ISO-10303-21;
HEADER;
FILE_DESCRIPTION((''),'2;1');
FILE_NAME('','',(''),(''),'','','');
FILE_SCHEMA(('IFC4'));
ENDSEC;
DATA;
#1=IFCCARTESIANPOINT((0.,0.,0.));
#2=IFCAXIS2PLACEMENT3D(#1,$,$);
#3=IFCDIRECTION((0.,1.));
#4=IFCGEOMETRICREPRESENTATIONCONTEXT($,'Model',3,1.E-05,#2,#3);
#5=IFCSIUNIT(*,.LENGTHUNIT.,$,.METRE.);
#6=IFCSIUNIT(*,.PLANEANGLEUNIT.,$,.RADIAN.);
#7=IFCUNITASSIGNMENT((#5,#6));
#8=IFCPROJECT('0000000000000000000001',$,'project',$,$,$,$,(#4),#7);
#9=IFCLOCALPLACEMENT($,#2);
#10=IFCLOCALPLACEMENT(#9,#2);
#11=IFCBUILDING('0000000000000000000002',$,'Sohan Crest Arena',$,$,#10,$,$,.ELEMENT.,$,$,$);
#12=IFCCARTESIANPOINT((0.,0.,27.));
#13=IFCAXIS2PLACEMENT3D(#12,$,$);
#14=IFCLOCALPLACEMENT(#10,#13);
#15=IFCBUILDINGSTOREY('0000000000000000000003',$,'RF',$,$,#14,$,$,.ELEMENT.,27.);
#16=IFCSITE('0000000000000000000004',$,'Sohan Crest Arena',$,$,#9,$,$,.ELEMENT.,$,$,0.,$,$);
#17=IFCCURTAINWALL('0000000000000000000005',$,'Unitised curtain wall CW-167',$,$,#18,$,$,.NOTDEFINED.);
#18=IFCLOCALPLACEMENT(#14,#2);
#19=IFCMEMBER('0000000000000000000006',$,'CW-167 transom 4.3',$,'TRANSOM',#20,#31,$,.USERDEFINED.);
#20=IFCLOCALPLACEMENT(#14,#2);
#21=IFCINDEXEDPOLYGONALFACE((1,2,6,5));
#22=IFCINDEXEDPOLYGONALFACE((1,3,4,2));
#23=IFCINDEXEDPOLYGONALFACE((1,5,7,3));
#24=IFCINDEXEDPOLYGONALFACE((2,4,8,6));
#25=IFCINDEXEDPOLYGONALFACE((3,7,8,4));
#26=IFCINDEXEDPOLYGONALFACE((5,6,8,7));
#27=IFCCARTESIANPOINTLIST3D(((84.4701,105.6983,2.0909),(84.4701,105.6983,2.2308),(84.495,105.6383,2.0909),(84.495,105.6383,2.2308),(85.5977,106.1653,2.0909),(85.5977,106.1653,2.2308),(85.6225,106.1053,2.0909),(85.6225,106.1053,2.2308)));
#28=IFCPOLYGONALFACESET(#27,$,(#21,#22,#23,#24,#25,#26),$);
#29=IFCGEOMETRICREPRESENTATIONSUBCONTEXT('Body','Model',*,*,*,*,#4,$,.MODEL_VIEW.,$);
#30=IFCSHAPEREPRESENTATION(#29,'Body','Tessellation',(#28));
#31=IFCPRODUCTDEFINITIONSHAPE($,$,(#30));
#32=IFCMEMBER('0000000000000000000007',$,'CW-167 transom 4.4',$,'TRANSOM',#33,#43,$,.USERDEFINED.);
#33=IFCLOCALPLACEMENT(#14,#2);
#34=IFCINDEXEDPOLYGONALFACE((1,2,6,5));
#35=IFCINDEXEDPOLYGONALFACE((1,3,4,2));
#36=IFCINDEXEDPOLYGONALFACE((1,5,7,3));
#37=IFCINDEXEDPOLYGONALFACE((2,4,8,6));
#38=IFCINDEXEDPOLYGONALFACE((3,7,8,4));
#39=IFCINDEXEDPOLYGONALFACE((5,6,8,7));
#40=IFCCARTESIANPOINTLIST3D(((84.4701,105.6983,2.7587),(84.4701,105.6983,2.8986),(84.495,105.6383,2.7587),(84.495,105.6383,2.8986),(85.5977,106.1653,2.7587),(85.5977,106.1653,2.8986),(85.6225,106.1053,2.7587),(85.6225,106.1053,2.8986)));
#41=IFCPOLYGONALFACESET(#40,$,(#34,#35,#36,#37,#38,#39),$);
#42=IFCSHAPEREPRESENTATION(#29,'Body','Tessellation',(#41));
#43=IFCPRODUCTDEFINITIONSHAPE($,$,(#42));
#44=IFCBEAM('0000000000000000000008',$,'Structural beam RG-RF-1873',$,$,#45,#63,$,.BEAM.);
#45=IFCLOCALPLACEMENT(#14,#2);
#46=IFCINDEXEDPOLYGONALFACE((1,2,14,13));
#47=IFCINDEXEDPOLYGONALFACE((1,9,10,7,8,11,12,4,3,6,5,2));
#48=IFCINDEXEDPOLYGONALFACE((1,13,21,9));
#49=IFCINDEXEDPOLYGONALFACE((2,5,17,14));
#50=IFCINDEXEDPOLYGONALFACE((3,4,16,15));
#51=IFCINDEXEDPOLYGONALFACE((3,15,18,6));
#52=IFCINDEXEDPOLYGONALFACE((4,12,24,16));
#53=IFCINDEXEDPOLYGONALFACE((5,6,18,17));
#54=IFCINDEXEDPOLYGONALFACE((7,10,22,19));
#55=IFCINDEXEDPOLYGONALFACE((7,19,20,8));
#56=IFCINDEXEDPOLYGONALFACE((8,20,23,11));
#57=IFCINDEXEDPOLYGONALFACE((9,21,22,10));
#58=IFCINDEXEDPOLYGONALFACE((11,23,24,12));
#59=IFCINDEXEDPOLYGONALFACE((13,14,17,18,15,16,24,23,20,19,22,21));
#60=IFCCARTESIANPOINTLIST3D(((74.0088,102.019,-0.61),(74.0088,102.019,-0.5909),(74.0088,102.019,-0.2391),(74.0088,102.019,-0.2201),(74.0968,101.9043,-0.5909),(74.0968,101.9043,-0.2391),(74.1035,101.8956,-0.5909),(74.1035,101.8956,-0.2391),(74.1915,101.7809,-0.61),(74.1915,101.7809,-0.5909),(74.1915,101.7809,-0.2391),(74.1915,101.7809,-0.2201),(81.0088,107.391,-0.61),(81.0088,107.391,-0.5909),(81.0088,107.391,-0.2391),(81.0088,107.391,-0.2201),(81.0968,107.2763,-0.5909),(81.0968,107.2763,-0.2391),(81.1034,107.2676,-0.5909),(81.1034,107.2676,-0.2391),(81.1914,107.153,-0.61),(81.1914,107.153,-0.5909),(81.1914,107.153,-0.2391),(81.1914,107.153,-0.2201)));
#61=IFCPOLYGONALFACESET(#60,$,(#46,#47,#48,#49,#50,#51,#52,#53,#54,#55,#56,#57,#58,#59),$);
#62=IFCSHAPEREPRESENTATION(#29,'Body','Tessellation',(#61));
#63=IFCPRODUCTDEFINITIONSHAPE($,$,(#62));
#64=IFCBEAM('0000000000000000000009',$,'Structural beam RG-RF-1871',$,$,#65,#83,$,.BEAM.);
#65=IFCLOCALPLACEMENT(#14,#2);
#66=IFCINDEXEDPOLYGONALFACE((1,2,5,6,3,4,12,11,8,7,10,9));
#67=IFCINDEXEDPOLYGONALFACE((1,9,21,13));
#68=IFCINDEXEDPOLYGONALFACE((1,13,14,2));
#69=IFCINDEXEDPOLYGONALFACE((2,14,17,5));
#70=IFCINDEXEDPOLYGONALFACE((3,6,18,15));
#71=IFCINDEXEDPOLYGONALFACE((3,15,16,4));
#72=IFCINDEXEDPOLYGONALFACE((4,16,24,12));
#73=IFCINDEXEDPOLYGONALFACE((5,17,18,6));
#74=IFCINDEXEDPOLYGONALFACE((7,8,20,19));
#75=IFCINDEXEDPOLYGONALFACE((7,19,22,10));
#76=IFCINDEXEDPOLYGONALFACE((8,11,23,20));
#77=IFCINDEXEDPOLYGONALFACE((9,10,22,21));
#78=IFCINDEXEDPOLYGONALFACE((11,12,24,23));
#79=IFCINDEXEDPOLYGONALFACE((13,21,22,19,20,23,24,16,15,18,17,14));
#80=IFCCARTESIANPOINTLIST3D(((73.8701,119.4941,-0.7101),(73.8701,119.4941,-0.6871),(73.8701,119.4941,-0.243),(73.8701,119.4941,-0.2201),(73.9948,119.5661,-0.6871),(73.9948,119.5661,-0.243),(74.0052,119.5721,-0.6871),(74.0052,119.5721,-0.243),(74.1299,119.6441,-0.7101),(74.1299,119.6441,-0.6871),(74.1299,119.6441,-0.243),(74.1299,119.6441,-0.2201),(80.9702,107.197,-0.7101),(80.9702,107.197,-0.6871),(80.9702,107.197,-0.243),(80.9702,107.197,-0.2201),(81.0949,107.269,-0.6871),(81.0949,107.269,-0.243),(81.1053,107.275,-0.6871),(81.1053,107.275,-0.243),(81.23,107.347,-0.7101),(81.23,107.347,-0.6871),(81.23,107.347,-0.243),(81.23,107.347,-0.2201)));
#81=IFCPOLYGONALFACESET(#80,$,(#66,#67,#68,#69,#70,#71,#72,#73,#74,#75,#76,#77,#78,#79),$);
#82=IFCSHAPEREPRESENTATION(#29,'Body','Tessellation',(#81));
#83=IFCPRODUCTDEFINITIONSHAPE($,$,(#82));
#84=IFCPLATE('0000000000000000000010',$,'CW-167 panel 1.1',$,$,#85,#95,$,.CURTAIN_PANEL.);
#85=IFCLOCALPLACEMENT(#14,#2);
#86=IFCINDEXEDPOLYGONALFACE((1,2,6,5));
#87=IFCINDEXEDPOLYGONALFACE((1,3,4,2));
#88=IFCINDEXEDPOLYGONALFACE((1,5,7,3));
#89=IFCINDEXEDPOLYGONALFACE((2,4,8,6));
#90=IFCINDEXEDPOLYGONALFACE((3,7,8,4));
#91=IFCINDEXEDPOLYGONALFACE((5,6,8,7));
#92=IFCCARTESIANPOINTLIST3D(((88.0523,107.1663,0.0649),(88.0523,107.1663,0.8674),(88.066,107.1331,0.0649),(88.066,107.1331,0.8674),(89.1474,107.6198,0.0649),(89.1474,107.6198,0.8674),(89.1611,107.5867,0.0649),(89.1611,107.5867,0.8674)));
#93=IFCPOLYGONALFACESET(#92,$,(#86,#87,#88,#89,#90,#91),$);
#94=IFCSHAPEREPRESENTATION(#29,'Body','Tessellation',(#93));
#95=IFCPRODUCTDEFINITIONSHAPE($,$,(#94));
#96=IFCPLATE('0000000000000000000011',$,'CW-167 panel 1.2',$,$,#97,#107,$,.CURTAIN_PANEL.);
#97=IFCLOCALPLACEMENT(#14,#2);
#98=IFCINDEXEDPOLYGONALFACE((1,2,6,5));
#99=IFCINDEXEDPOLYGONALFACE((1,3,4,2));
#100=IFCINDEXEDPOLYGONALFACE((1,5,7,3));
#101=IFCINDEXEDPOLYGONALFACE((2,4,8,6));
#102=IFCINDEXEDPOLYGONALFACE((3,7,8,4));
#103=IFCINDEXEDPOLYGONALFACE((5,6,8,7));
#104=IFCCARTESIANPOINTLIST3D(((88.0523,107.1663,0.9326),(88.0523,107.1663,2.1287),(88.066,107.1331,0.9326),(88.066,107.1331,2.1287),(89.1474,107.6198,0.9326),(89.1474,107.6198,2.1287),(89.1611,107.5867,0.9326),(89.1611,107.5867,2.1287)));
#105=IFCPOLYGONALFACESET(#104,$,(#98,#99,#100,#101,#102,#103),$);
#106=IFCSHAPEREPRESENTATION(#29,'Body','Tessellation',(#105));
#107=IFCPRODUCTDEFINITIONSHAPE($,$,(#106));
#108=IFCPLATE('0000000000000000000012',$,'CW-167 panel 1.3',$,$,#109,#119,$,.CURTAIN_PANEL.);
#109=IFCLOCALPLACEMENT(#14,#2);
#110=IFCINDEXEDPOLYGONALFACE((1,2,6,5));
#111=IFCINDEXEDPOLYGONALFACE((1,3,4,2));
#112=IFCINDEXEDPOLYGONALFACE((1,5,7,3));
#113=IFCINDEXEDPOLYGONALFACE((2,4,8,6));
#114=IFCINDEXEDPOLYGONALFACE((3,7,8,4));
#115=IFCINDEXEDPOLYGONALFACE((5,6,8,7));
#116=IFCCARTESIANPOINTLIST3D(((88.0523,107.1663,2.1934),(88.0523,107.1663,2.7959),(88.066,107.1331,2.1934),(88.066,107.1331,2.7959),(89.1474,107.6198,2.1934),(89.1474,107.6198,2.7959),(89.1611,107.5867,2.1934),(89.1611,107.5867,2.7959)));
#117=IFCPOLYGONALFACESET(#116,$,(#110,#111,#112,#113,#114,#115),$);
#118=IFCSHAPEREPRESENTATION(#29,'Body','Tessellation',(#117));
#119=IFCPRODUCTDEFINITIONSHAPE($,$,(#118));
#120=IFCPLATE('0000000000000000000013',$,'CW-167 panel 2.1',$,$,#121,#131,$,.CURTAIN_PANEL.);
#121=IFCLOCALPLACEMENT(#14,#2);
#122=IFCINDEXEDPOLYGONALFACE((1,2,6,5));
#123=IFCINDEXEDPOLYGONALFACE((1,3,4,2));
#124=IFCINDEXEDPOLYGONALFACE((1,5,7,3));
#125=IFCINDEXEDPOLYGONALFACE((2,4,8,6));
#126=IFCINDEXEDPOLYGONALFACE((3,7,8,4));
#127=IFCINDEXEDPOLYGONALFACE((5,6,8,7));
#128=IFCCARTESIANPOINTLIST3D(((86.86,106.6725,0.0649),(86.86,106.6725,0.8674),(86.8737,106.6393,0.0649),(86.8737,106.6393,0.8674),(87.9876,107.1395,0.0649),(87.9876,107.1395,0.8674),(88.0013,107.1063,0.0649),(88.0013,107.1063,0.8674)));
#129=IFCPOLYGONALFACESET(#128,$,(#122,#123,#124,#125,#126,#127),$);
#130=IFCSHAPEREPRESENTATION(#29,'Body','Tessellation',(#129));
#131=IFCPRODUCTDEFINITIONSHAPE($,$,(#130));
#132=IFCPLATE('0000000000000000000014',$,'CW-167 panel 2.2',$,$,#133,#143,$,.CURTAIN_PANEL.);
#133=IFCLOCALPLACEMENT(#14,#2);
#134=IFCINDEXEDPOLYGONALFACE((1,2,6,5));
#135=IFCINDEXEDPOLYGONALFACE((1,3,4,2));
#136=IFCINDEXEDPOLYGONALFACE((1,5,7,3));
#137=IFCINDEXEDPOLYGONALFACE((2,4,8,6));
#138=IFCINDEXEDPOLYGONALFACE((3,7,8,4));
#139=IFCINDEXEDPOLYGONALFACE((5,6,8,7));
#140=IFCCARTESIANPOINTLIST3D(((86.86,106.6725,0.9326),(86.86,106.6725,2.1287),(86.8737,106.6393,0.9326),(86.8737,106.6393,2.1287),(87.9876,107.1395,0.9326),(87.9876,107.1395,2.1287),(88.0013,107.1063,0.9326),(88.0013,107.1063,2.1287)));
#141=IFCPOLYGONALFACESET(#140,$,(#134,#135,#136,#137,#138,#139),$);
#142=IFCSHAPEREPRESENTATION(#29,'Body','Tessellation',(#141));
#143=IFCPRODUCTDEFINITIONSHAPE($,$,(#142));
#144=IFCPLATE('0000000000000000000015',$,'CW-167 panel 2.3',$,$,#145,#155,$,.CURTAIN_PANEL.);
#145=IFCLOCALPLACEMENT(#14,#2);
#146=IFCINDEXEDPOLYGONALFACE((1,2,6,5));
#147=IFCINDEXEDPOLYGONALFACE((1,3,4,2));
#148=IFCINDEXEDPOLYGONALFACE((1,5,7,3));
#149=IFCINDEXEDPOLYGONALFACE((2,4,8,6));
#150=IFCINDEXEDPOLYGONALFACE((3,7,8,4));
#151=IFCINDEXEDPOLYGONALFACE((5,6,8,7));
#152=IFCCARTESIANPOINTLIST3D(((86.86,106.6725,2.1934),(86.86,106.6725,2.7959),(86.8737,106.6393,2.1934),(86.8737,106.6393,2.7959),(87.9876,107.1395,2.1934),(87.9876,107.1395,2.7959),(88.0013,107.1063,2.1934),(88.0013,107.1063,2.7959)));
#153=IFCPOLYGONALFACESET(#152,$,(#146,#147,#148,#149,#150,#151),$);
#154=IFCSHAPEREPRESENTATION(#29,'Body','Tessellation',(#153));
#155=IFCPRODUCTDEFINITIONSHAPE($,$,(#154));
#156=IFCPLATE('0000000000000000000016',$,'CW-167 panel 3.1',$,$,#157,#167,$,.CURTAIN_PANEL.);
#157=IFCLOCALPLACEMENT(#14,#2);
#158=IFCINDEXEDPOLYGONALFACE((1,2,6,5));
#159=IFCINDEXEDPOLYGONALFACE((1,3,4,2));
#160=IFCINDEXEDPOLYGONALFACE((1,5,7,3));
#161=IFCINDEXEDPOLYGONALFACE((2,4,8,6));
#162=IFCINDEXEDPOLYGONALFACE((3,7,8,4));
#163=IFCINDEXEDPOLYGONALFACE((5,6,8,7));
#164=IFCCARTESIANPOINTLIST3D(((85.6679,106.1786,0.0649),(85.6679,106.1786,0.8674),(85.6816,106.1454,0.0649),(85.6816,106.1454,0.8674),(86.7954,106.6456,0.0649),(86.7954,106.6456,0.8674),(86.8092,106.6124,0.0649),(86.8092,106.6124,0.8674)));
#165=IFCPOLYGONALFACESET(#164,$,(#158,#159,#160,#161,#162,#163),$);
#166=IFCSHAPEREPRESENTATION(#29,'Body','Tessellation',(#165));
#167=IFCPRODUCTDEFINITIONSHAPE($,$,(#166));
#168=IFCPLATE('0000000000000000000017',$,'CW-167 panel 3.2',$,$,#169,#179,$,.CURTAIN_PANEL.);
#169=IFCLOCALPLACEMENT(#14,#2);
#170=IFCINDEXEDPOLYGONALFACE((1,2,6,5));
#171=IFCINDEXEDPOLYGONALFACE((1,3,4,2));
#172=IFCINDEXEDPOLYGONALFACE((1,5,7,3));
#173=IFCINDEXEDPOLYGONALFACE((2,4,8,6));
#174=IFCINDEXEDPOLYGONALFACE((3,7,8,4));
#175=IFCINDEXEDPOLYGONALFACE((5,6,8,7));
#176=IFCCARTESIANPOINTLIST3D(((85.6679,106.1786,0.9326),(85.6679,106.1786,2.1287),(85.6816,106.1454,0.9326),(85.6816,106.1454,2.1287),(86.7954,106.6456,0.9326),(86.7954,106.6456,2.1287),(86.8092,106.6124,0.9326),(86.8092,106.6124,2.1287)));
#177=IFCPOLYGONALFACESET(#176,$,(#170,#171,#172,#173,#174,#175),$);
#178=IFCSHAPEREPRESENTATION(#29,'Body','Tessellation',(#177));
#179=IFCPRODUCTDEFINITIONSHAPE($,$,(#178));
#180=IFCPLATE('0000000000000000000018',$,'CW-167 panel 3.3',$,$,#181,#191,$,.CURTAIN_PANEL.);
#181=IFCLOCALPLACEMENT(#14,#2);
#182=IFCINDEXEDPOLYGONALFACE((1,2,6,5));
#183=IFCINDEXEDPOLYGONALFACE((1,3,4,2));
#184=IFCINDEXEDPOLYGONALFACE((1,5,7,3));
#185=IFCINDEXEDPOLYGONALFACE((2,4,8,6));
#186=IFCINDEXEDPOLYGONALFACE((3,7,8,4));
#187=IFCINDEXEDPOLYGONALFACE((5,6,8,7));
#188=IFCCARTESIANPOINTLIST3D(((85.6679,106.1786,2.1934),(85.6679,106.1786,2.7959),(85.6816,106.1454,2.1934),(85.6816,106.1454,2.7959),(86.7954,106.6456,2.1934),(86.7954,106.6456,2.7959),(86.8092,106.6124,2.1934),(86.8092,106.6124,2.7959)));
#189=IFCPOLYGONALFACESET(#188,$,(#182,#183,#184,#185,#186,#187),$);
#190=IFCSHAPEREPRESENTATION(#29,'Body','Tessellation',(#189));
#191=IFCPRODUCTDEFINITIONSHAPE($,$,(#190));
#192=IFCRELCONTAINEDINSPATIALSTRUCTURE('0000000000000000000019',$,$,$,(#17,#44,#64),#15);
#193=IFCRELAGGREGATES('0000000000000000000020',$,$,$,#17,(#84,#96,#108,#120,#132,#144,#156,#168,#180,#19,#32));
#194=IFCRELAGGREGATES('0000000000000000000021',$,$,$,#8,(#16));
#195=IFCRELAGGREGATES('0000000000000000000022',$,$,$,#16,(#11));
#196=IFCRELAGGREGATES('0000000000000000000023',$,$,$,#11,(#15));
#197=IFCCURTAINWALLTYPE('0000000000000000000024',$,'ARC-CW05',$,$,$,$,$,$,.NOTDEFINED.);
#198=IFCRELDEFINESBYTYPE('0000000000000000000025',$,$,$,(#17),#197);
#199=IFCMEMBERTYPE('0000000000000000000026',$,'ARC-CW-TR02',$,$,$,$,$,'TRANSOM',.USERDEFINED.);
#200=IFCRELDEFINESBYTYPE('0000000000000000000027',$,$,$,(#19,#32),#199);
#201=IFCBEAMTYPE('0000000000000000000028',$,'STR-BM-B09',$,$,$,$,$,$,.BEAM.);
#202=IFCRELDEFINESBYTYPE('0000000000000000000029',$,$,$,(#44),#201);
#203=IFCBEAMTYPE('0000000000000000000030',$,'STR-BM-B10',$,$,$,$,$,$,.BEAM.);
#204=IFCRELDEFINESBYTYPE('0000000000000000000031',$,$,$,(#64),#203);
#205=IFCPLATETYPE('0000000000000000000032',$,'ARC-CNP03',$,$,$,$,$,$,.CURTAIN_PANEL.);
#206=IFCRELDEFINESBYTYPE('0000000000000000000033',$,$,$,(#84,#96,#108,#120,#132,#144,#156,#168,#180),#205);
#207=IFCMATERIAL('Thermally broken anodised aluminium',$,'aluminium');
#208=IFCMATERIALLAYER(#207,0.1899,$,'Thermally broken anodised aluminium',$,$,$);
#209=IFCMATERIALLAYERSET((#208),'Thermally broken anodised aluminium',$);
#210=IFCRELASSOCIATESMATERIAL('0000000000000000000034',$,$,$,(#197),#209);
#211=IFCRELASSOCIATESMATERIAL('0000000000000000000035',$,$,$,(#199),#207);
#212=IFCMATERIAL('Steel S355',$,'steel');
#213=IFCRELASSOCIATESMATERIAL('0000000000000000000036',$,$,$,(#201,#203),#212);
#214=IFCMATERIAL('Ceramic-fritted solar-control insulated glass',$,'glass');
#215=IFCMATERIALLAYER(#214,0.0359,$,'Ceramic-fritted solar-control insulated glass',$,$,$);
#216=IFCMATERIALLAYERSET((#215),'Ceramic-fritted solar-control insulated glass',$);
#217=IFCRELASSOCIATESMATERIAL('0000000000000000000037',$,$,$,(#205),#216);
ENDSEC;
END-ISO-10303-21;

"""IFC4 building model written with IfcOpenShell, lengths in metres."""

from ifc_helpers import new_model, si_unit, direction, frame, origin, origin_2d, place, context, subcontext, project, spatial, rectangle, i_section, extrude, material, layer, layer_set, material_profile, profile_set, type_object, element, aggregate, save


model = new_model("IFC4")

# Units and contexts
model_context = context("Model", 3, precision=1e-05, world=origin(), true_north=direction((0.0, 1.0)))
body_context = subcontext(model_context, "Body", "Model", "MODEL_VIEW")
ifc_project = project(units=[si_unit("LENGTHUNIT", "METRE"), si_unit("PLANEANGLEUNIT", "RADIAN")], contexts=[model_context])

# Site, building, storey
site_placement = place(None, origin())
site = spatial("IfcSite", under=ifc_project, at=site_placement, Name="Sohan Crest Arena", CompositionType="ELEMENT", RefElevation=0.0)
building_placement = place(site_placement, origin())
building = spatial("IfcBuilding", under=site, at=building_placement, Name="Sohan Crest Arena", CompositionType="ELEMENT")
storey_placement = place(building_placement, frame((0.0, 0.0, 27.0)))
storey = spatial("IfcBuildingStorey", under=building, at=storey_placement, Name="RF", CompositionType="ELEMENT", Elevation=27.0)

# Curtain wall, members
ifc_material_1 = material(Name="Thermally broken anodised aluminium", Category="aluminium")
ifc_layer_1 = layer(ifc_material_1, 0.1899, Name="Thermally broken anodised aluminium")
ifc_layer_set_1 = layer_set([ifc_layer_1], Name="Thermally broken anodised aluminium")
curtain_wall_type = type_object("IfcCurtainWallType", Name="ARC-CW05", PredefinedType="NOTDEFINED", material=ifc_layer_set_1)
curtain_wall_placement = place(storey_placement, origin())
curtain_wall = element("IfcCurtainWall", 1, at=curtain_wall_placement, inside=storey, type_object=curtain_wall_type, Name="Unitised curtain wall CW-167", PredefinedType="NOTDEFINED")
ifc_material_profile_1 = material_profile(ifc_material_1, rectangle(XDim=0.0649, YDim=0.1399, at=origin_2d()), Name="ALU-TRAN 65x140")
ifc_profile_set_1 = profile_set([ifc_material_profile_1], Name="Thermally broken anodised aluminium")
member_type_1 = type_object("IfcMemberType", Name="ARC-CW-TR02", ElementType="TRANSOM", PredefinedType="USERDEFINED", material=ifc_profile_set_1)
member_1_placement = place(storey_placement, frame((85.6101, 106.1353, 2.1609), z_axis=(-0.923897, -0.38264, 0.0), x_axis=(0.38264, -0.923897, 0.0)))
member_1 = element("IfcMember", 2, at=member_1_placement, type_object=member_type_1, Name="CW-167 transom 4.3", ObjectType="TRANSOM", PredefinedType="USERDEFINED", context=body_context, shape_type="SweptSolid", body=[
    extrude(rectangle(XDim=0.0649, YDim=0.1399, at=origin_2d()), origin(), (0.0, 0.0, 1.0), 1.2205),
])
member_2_placement = place(storey_placement, frame((85.6101, 106.1353, 2.8286), z_axis=(-0.923897, -0.38264, 0.0), x_axis=(0.38264, -0.923897, 0.0)))
member_2 = element("IfcMember", 3, at=member_2_placement, type_object=member_type_1, Name="CW-167 transom 4.4", ObjectType="TRANSOM", PredefinedType="USERDEFINED", context=body_context, shape_type="SweptSolid", body=[
    extrude(rectangle(XDim=0.0649, YDim=0.1399, at=origin_2d()), origin(), (0.0, 0.0, 1.0), 1.2205),
])

# Beams
ifc_material_2 = material(Name="Steel S355", Category="steel")
ifc_material_profile_2 = material_profile(ifc_material_2, i_section(OverallWidth=0.3, OverallDepth=0.3899, WebThickness=0.011, FlangeThickness=0.019, at=origin_2d()), Name="HEA 400")
ifc_profile_set_2 = profile_set([ifc_material_profile_2], Name="Steel S355")
beam_type_1 = type_object("IfcBeamType", Name="STR-BM-B09", PredefinedType="BEAM", material=ifc_profile_set_2)
beam_1_placement = place(storey_placement, frame((81.1001, 107.272, -0.415), z_axis=(-0.793311, -0.608817, 0.0), x_axis=(0.608817, -0.793311, 0.0)))
element("IfcBeam", 4, at=beam_1_placement, inside=storey, type_object=beam_type_1, Name="Structural beam RG-RF-1873", PredefinedType="BEAM", context=body_context, shape_type="SweptSolid", body=[
    extrude(i_section(OverallWidth=0.3, OverallDepth=0.3899, WebThickness=0.011, FlangeThickness=0.019, at=origin_2d()), origin(), (0.0, 0.0, 1.0), 8.8237),
])
ifc_material_profile_3 = material_profile(ifc_material_2, i_section(OverallWidth=0.3, OverallDepth=0.49, WebThickness=0.012, FlangeThickness=0.0229, at=origin_2d()), Name="HEA 500")
ifc_profile_set_3 = profile_set([ifc_material_profile_3], Name="Steel S355")
beam_type_2 = type_object("IfcBeamType", Name="STR-BM-B10", PredefinedType="BEAM", material=ifc_profile_set_3)
beam_2_placement = place(storey_placement, frame((81.1001, 107.272, -0.4651), z_axis=(-0.500019, 0.866015, 0.0), x_axis=(-0.866015, -0.500019, 0.0)))
element("IfcBeam", 5, at=beam_2_placement, inside=storey, type_object=beam_type_2, Name="Structural beam RG-RF-1871", PredefinedType="BEAM", context=body_context, shape_type="SweptSolid", body=[
    extrude(i_section(OverallWidth=0.3, OverallDepth=0.49, WebThickness=0.012, FlangeThickness=0.0229, at=origin_2d()), origin(), (0.0, 0.0, 1.0), 14.1997),
])

# Plates
ifc_material_3 = material(Name="Ceramic-fritted solar-control insulated glass", Category="glass")
ifc_layer_2 = layer(ifc_material_3, 0.0359, Name="Ceramic-fritted solar-control insulated glass")
ifc_layer_set_2 = layer_set([ifc_layer_2], Name="Ceramic-fritted solar-control insulated glass")
plate_type = type_object("IfcPlateType", Name="ARC-CNP03", PredefinedType="CURTAIN_PANEL", material=ifc_layer_set_2)
plate_1_placement = place(storey_placement, frame((88.6067, 107.3765, 0.0649), z_axis=(0.0, 0.0, 1.0), x_axis=(-0.923886, -0.382667, 0.0)))
plate_1 = element("IfcPlate", 6, at=plate_1_placement, type_object=plate_type, Name="CW-167 panel 1.1", PredefinedType="CURTAIN_PANEL", context=body_context, shape_type="SweptSolid", body=[
    extrude(rectangle(XDim=1.1853, YDim=0.0359, at=origin_2d()), origin(), (0.0, 0.0, 1.0), 0.8025),
])
plate_2_placement = place(storey_placement, frame((88.6067, 107.3765, 0.9326), z_axis=(0.0, 0.0, 1.0), x_axis=(-0.923886, -0.382667, 0.0)))
plate_2 = element("IfcPlate", 7, at=plate_2_placement, type_object=plate_type, Name="CW-167 panel 1.2", PredefinedType="CURTAIN_PANEL", context=body_context, shape_type="SweptSolid", body=[
    extrude(rectangle(XDim=1.1853, YDim=0.0359, at=origin_2d()), origin(), (0.0, 0.0, 1.0), 1.196),
])
plate_3_placement = place(storey_placement, frame((88.6067, 107.3765, 2.1934), z_axis=(0.0, 0.0, 1.0), x_axis=(-0.923886, -0.382667, 0.0)))
plate_3 = element("IfcPlate", 8, at=plate_3_placement, type_object=plate_type, Name="CW-167 panel 1.3", PredefinedType="CURTAIN_PANEL", context=body_context, shape_type="SweptSolid", body=[
    extrude(rectangle(XDim=1.1853, YDim=0.0359, at=origin_2d()), origin(), (0.0, 0.0, 1.0), 0.6025),
])
plate_4_placement = place(storey_placement, frame((87.4307, 106.8894, 0.0649), z_axis=(0.0, 0.0, 1.0), x_axis=(-0.923886, -0.382667, 0.0)))
plate_4 = element("IfcPlate", 9, at=plate_4_placement, type_object=plate_type, Name="CW-167 panel 2.1", PredefinedType="CURTAIN_PANEL", context=body_context, shape_type="SweptSolid", body=[
    extrude(rectangle(XDim=1.2205, YDim=0.0359, at=origin_2d()), origin(), (0.0, 0.0, 1.0), 0.8025),
])
plate_5_placement = place(storey_placement, frame((87.4307, 106.8894, 0.9326), z_axis=(0.0, 0.0, 1.0), x_axis=(-0.923886, -0.382667, 0.0)))
plate_5 = element("IfcPlate", 10, at=plate_5_placement, type_object=plate_type, Name="CW-167 panel 2.2", PredefinedType="CURTAIN_PANEL", context=body_context, shape_type="SweptSolid", body=[
    extrude(rectangle(XDim=1.2205, YDim=0.0359, at=origin_2d()), origin(), (0.0, 0.0, 1.0), 1.196),
])
plate_6_placement = place(storey_placement, frame((87.4307, 106.8894, 2.1934), z_axis=(0.0, 0.0, 1.0), x_axis=(-0.923886, -0.382667, 0.0)))
plate_6 = element("IfcPlate", 11, at=plate_6_placement, type_object=plate_type, Name="CW-167 panel 2.3", PredefinedType="CURTAIN_PANEL", context=body_context, shape_type="SweptSolid", body=[
    extrude(rectangle(XDim=1.2205, YDim=0.0359, at=origin_2d()), origin(), (0.0, 0.0, 1.0), 0.6025),
])
plate_7_placement = place(storey_placement, frame((86.2385, 106.3955, 0.0649), z_axis=(0.0, 0.0, 1.0), x_axis=(-0.923886, -0.382667, 0.0)))
plate_7 = element("IfcPlate", 12, at=plate_7_placement, type_object=plate_type, Name="CW-167 panel 3.1", PredefinedType="CURTAIN_PANEL", context=body_context, shape_type="SweptSolid", body=[
    extrude(rectangle(XDim=1.2205, YDim=0.0359, at=origin_2d()), origin(), (0.0, 0.0, 1.0), 0.8025),
])
plate_8_placement = place(storey_placement, frame((86.2385, 106.3955, 0.9326), z_axis=(0.0, 0.0, 1.0), x_axis=(-0.923886, -0.382667, 0.0)))
plate_8 = element("IfcPlate", 13, at=plate_8_placement, type_object=plate_type, Name="CW-167 panel 3.2", PredefinedType="CURTAIN_PANEL", context=body_context, shape_type="SweptSolid", body=[
    extrude(rectangle(XDim=1.2205, YDim=0.0359, at=origin_2d()), origin(), (0.0, 0.0, 1.0), 1.196),
])
plate_9_placement = place(storey_placement, frame((86.2385, 106.3955, 2.1934), z_axis=(0.0, 0.0, 1.0), x_axis=(-0.923886, -0.382667, 0.0)))
plate_9 = element("IfcPlate", 14, at=plate_9_placement, type_object=plate_type, Name="CW-167 panel 3.3", PredefinedType="CURTAIN_PANEL", context=body_context, shape_type="SweptSolid", body=[
    extrude(rectangle(XDim=1.2205, YDim=0.0359, at=origin_2d()), origin(), (0.0, 0.0, 1.0), 0.6025),
])
aggregate(curtain_wall, [plate_1, plate_2, plate_3, plate_4, plate_5, plate_6, plate_7, plate_8, plate_9, member_1, member_2])

save(model, "model.ifc")
